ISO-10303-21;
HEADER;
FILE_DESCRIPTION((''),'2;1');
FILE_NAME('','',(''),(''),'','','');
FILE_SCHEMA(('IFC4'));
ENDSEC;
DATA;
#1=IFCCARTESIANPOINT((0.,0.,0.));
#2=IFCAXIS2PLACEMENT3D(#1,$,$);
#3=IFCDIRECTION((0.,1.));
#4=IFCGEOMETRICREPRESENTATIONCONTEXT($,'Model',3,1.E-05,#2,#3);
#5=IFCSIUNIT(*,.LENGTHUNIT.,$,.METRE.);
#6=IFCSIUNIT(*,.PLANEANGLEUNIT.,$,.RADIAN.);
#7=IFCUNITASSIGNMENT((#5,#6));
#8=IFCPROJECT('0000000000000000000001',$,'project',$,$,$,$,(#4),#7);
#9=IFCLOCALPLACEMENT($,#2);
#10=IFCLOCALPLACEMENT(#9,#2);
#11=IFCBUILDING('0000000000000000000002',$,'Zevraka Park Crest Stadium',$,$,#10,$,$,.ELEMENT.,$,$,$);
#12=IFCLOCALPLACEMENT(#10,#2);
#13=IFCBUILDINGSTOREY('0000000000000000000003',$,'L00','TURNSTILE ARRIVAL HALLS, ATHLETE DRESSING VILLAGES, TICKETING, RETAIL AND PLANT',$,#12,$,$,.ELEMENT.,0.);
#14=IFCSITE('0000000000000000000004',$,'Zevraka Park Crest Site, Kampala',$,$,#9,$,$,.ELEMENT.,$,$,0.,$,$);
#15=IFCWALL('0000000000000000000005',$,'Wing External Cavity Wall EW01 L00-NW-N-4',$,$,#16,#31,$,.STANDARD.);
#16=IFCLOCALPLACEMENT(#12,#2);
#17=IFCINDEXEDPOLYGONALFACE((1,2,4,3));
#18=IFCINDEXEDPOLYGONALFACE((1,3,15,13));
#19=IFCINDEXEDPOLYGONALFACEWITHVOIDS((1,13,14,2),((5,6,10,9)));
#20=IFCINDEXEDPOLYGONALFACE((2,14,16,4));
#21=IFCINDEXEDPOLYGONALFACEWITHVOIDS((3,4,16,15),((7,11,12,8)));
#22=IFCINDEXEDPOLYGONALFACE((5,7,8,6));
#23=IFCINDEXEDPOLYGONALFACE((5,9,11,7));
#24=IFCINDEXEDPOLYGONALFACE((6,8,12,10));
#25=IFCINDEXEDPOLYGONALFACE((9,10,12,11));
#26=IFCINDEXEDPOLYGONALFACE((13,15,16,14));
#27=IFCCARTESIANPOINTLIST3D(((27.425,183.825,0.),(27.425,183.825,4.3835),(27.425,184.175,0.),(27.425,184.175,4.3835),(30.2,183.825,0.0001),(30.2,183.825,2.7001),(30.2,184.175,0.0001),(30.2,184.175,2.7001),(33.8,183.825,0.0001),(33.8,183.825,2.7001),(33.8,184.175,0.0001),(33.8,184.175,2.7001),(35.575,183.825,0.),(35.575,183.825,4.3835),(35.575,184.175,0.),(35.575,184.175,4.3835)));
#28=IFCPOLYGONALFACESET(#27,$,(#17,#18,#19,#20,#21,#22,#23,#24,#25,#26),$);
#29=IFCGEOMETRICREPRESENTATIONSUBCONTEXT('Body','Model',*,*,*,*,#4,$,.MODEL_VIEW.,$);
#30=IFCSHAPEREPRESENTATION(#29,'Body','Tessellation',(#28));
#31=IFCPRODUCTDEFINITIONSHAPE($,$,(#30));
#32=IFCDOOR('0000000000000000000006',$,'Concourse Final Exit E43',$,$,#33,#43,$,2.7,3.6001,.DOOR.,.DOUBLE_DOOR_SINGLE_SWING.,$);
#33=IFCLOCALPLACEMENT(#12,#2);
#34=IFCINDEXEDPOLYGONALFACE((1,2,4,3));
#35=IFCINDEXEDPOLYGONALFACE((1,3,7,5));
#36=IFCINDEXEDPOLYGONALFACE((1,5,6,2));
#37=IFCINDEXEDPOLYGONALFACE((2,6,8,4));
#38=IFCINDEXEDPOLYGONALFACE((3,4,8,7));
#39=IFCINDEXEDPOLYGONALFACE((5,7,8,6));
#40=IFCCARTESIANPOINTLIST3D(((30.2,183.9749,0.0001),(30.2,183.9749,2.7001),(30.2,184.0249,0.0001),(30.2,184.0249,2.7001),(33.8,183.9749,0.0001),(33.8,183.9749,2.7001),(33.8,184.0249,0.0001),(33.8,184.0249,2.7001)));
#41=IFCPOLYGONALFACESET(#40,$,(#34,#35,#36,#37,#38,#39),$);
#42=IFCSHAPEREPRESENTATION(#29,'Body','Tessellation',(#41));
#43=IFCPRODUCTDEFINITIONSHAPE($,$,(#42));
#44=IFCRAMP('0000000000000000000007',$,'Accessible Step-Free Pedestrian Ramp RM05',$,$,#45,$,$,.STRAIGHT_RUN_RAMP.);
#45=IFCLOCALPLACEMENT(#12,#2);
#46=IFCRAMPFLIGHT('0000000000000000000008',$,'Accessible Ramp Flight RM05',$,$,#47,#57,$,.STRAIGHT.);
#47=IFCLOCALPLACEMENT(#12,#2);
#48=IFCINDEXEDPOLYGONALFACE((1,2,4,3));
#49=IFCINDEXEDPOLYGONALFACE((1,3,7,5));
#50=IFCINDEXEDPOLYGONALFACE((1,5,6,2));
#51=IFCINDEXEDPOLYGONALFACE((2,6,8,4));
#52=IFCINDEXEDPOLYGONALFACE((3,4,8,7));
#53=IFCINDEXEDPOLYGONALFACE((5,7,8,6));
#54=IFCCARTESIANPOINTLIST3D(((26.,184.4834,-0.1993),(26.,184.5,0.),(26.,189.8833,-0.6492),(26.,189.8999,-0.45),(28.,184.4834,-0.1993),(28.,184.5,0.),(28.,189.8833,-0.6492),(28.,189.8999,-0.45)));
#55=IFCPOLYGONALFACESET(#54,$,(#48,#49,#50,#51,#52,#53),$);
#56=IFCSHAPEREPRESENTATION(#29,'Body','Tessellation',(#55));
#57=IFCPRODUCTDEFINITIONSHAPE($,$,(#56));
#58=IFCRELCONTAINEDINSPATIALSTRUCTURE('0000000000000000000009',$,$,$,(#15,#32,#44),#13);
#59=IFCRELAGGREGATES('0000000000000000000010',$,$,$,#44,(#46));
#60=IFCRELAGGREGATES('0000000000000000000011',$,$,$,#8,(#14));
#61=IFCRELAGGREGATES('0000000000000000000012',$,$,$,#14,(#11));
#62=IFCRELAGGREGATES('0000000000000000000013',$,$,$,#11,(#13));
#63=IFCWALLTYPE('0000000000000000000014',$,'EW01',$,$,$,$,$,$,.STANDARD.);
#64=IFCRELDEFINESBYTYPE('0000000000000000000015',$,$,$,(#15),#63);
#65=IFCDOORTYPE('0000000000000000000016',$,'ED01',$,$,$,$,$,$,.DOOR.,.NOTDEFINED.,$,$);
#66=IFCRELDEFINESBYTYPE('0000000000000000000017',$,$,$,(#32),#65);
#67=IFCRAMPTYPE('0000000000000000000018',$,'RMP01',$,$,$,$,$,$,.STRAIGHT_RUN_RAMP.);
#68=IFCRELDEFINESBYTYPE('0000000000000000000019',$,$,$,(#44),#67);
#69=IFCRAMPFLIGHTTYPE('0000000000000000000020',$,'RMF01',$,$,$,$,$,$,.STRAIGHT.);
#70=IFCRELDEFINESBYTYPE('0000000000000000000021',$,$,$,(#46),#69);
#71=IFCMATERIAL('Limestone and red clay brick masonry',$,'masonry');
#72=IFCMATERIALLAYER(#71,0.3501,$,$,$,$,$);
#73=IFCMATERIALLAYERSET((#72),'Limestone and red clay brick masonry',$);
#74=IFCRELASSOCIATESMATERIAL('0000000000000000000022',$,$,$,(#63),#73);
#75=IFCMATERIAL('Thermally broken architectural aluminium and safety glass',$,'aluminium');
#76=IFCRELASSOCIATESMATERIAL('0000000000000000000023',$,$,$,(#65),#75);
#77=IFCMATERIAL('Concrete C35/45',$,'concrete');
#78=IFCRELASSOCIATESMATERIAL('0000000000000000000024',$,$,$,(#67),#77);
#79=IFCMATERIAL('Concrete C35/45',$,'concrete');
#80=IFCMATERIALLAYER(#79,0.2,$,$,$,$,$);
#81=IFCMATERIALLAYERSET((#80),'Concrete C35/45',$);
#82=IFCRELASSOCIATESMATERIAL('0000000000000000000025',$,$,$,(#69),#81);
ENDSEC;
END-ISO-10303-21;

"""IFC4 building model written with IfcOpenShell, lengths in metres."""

from ifc_helpers import new_model, si_unit, direction, frame, frame_2d, origin, place, context, subcontext, project, spatial, polyline, rectangle, outline, extrude, material, layer, layer_set, type_object, element, fill, aggregate, save


model = new_model("IFC4")

# Units and contexts
model_context = context("Model", 3, precision=1e-05, world=origin(), true_north=direction((0.0, 1.0)))
body_context = subcontext(model_context, "Body", "Model", "MODEL_VIEW")
ifc_project = project(units=[si_unit("LENGTHUNIT", "METRE"), si_unit("PLANEANGLEUNIT", "RADIAN")], contexts=[model_context])

# Site, building, storey
site_placement = place(None, origin())
site = spatial("IfcSite", under=ifc_project, at=site_placement, Name="Zevraka Park Crest Site, Kampala", CompositionType="ELEMENT", RefElevation=0.0)
building_placement = place(site_placement, origin())
building = spatial("IfcBuilding", under=site, at=building_placement, Name="Zevraka Park Crest Stadium", CompositionType="ELEMENT")
storey_placement = place(building_placement, origin())
storey = spatial("IfcBuildingStorey", under=building, at=storey_placement, Name="L00", Description="TURNSTILE ARRIVAL HALLS, ATHLETE DRESSING VILLAGES, TICKETING, RETAIL AND PLANT", CompositionType="ELEMENT", Elevation=0.0)

# Wall, opening, door
ifc_material_1 = material(Name="Limestone and red clay brick masonry", Category="masonry")
ifc_layer_1 = layer(ifc_material_1, 0.3501)
ifc_layer_set_1 = layer_set([ifc_layer_1], Name="Limestone and red clay brick masonry")
wall_type = type_object("IfcWallType", Name="EW01", PredefinedType="STANDARD", material=ifc_layer_set_1)
wall_placement = place(storey_placement, frame((27.425, 184.0, 0.0), z_axis=(0.0, 0.0, 1.0), x_axis=(1.0, 0.0, 0.0)))
wall = element("IfcWall", 1, at=wall_placement, inside=storey, type_object=wall_type, Name="Wing External Cavity Wall EW01 L00-NW-N-4", PredefinedType="STANDARD", context=body_context, shape_type="SweptSolid", body=[
    extrude(rectangle(XDim=8.1499, YDim=0.3501, at=frame_2d((4.075, 0.0))), origin(), (0.0, 0.0, 1.0), 4.3835),
])
opening_placement = place(wall_placement, frame((2.7749, 0.0, 0.0)))
opening = element("IfcOpeningElement", 2, at=opening_placement, cuts=wall, PredefinedType="OPENING", context=body_context, shape_type="SweptSolid", body=[
    extrude(rectangle(XDim=3.6001, YDim=2.7, at=frame_2d((1.8, 1.3501))), frame((0.0, 0.1851, 0.0), z_axis=(0.0, -1.0, 0.0), x_axis=(1.0, 0.0, 0.0)), (0.0, 0.0, 1.0), 0.3701),
])
ifc_material_2 = material(Name="Thermally broken architectural aluminium and safety glass", Category="aluminium")
door_type = type_object("IfcDoorType", Name="ED01", OperationType="NOTDEFINED", PredefinedType="DOOR", material=ifc_material_2)
door_placement = place(opening_placement, origin())
door = element("IfcDoor", 3, at=door_placement, inside=storey, type_object=door_type, Name="Concourse Final Exit E43", OperationType="DOUBLE_DOOR_SINGLE_SWING", OverallHeight=2.7, OverallWidth=3.6001, PredefinedType="DOOR", context=body_context, shape_type="SweptSolid", body=[
    extrude(rectangle(XDim=3.6001, YDim=2.7, at=frame_2d((1.8, 1.3501))), frame((0.0, 0.0249, 0.0), z_axis=(0.0, -1.0, 0.0), x_axis=(1.0, 0.0, 0.0)), (0.0, 0.0, 1.0), 0.05),
])
fill(opening, door)

# Ramp, ramp flight
ifc_material_3 = material(Name="Concrete C35/45", Category="concrete")
ramp_type = type_object("IfcRampType", Name="RMP01", PredefinedType="STRAIGHT_RUN_RAMP", material=ifc_material_3)
ramp_placement = place(storey_placement, origin())
ramp = element("IfcRamp", 4, at=ramp_placement, inside=storey, type_object=ramp_type, Name="Accessible Step-Free Pedestrian Ramp RM05", PredefinedType="STRAIGHT_RUN_RAMP")
ifc_material_4 = material(Name="Concrete C35/45", Category="concrete")
ifc_layer_2 = layer(ifc_material_4, 0.2)
ifc_layer_set_2 = layer_set([ifc_layer_2], Name="Concrete C35/45")
ramp_flight_type = type_object("IfcRampFlightType", Name="RMF01", PredefinedType="STRAIGHT", material=ifc_layer_set_2)
ramp_flight_placement = place(storey_placement, frame((26.0, 189.8999, -0.45), z_axis=(0.0, 0.083038, 0.996546), x_axis=(0.0, -0.996546, 0.083038)))
ramp_flight = element("IfcRampFlight", 5, at=ramp_flight_placement, type_object=ramp_flight_type, Name="Accessible Ramp Flight RM05", PredefinedType="STRAIGHT", context=body_context, shape_type="SweptSolid", body=[
    extrude(outline(polyline([(0.0, 0.0), (5.4186, 0.0), (5.4186, 2.0), (0.0, 2.0), (0.0, 0.0)])), origin(), (0.0, 0.0, -1.0), 0.2),
])
aggregate(ramp, [ramp_flight])

save(model, "model.ifc")
